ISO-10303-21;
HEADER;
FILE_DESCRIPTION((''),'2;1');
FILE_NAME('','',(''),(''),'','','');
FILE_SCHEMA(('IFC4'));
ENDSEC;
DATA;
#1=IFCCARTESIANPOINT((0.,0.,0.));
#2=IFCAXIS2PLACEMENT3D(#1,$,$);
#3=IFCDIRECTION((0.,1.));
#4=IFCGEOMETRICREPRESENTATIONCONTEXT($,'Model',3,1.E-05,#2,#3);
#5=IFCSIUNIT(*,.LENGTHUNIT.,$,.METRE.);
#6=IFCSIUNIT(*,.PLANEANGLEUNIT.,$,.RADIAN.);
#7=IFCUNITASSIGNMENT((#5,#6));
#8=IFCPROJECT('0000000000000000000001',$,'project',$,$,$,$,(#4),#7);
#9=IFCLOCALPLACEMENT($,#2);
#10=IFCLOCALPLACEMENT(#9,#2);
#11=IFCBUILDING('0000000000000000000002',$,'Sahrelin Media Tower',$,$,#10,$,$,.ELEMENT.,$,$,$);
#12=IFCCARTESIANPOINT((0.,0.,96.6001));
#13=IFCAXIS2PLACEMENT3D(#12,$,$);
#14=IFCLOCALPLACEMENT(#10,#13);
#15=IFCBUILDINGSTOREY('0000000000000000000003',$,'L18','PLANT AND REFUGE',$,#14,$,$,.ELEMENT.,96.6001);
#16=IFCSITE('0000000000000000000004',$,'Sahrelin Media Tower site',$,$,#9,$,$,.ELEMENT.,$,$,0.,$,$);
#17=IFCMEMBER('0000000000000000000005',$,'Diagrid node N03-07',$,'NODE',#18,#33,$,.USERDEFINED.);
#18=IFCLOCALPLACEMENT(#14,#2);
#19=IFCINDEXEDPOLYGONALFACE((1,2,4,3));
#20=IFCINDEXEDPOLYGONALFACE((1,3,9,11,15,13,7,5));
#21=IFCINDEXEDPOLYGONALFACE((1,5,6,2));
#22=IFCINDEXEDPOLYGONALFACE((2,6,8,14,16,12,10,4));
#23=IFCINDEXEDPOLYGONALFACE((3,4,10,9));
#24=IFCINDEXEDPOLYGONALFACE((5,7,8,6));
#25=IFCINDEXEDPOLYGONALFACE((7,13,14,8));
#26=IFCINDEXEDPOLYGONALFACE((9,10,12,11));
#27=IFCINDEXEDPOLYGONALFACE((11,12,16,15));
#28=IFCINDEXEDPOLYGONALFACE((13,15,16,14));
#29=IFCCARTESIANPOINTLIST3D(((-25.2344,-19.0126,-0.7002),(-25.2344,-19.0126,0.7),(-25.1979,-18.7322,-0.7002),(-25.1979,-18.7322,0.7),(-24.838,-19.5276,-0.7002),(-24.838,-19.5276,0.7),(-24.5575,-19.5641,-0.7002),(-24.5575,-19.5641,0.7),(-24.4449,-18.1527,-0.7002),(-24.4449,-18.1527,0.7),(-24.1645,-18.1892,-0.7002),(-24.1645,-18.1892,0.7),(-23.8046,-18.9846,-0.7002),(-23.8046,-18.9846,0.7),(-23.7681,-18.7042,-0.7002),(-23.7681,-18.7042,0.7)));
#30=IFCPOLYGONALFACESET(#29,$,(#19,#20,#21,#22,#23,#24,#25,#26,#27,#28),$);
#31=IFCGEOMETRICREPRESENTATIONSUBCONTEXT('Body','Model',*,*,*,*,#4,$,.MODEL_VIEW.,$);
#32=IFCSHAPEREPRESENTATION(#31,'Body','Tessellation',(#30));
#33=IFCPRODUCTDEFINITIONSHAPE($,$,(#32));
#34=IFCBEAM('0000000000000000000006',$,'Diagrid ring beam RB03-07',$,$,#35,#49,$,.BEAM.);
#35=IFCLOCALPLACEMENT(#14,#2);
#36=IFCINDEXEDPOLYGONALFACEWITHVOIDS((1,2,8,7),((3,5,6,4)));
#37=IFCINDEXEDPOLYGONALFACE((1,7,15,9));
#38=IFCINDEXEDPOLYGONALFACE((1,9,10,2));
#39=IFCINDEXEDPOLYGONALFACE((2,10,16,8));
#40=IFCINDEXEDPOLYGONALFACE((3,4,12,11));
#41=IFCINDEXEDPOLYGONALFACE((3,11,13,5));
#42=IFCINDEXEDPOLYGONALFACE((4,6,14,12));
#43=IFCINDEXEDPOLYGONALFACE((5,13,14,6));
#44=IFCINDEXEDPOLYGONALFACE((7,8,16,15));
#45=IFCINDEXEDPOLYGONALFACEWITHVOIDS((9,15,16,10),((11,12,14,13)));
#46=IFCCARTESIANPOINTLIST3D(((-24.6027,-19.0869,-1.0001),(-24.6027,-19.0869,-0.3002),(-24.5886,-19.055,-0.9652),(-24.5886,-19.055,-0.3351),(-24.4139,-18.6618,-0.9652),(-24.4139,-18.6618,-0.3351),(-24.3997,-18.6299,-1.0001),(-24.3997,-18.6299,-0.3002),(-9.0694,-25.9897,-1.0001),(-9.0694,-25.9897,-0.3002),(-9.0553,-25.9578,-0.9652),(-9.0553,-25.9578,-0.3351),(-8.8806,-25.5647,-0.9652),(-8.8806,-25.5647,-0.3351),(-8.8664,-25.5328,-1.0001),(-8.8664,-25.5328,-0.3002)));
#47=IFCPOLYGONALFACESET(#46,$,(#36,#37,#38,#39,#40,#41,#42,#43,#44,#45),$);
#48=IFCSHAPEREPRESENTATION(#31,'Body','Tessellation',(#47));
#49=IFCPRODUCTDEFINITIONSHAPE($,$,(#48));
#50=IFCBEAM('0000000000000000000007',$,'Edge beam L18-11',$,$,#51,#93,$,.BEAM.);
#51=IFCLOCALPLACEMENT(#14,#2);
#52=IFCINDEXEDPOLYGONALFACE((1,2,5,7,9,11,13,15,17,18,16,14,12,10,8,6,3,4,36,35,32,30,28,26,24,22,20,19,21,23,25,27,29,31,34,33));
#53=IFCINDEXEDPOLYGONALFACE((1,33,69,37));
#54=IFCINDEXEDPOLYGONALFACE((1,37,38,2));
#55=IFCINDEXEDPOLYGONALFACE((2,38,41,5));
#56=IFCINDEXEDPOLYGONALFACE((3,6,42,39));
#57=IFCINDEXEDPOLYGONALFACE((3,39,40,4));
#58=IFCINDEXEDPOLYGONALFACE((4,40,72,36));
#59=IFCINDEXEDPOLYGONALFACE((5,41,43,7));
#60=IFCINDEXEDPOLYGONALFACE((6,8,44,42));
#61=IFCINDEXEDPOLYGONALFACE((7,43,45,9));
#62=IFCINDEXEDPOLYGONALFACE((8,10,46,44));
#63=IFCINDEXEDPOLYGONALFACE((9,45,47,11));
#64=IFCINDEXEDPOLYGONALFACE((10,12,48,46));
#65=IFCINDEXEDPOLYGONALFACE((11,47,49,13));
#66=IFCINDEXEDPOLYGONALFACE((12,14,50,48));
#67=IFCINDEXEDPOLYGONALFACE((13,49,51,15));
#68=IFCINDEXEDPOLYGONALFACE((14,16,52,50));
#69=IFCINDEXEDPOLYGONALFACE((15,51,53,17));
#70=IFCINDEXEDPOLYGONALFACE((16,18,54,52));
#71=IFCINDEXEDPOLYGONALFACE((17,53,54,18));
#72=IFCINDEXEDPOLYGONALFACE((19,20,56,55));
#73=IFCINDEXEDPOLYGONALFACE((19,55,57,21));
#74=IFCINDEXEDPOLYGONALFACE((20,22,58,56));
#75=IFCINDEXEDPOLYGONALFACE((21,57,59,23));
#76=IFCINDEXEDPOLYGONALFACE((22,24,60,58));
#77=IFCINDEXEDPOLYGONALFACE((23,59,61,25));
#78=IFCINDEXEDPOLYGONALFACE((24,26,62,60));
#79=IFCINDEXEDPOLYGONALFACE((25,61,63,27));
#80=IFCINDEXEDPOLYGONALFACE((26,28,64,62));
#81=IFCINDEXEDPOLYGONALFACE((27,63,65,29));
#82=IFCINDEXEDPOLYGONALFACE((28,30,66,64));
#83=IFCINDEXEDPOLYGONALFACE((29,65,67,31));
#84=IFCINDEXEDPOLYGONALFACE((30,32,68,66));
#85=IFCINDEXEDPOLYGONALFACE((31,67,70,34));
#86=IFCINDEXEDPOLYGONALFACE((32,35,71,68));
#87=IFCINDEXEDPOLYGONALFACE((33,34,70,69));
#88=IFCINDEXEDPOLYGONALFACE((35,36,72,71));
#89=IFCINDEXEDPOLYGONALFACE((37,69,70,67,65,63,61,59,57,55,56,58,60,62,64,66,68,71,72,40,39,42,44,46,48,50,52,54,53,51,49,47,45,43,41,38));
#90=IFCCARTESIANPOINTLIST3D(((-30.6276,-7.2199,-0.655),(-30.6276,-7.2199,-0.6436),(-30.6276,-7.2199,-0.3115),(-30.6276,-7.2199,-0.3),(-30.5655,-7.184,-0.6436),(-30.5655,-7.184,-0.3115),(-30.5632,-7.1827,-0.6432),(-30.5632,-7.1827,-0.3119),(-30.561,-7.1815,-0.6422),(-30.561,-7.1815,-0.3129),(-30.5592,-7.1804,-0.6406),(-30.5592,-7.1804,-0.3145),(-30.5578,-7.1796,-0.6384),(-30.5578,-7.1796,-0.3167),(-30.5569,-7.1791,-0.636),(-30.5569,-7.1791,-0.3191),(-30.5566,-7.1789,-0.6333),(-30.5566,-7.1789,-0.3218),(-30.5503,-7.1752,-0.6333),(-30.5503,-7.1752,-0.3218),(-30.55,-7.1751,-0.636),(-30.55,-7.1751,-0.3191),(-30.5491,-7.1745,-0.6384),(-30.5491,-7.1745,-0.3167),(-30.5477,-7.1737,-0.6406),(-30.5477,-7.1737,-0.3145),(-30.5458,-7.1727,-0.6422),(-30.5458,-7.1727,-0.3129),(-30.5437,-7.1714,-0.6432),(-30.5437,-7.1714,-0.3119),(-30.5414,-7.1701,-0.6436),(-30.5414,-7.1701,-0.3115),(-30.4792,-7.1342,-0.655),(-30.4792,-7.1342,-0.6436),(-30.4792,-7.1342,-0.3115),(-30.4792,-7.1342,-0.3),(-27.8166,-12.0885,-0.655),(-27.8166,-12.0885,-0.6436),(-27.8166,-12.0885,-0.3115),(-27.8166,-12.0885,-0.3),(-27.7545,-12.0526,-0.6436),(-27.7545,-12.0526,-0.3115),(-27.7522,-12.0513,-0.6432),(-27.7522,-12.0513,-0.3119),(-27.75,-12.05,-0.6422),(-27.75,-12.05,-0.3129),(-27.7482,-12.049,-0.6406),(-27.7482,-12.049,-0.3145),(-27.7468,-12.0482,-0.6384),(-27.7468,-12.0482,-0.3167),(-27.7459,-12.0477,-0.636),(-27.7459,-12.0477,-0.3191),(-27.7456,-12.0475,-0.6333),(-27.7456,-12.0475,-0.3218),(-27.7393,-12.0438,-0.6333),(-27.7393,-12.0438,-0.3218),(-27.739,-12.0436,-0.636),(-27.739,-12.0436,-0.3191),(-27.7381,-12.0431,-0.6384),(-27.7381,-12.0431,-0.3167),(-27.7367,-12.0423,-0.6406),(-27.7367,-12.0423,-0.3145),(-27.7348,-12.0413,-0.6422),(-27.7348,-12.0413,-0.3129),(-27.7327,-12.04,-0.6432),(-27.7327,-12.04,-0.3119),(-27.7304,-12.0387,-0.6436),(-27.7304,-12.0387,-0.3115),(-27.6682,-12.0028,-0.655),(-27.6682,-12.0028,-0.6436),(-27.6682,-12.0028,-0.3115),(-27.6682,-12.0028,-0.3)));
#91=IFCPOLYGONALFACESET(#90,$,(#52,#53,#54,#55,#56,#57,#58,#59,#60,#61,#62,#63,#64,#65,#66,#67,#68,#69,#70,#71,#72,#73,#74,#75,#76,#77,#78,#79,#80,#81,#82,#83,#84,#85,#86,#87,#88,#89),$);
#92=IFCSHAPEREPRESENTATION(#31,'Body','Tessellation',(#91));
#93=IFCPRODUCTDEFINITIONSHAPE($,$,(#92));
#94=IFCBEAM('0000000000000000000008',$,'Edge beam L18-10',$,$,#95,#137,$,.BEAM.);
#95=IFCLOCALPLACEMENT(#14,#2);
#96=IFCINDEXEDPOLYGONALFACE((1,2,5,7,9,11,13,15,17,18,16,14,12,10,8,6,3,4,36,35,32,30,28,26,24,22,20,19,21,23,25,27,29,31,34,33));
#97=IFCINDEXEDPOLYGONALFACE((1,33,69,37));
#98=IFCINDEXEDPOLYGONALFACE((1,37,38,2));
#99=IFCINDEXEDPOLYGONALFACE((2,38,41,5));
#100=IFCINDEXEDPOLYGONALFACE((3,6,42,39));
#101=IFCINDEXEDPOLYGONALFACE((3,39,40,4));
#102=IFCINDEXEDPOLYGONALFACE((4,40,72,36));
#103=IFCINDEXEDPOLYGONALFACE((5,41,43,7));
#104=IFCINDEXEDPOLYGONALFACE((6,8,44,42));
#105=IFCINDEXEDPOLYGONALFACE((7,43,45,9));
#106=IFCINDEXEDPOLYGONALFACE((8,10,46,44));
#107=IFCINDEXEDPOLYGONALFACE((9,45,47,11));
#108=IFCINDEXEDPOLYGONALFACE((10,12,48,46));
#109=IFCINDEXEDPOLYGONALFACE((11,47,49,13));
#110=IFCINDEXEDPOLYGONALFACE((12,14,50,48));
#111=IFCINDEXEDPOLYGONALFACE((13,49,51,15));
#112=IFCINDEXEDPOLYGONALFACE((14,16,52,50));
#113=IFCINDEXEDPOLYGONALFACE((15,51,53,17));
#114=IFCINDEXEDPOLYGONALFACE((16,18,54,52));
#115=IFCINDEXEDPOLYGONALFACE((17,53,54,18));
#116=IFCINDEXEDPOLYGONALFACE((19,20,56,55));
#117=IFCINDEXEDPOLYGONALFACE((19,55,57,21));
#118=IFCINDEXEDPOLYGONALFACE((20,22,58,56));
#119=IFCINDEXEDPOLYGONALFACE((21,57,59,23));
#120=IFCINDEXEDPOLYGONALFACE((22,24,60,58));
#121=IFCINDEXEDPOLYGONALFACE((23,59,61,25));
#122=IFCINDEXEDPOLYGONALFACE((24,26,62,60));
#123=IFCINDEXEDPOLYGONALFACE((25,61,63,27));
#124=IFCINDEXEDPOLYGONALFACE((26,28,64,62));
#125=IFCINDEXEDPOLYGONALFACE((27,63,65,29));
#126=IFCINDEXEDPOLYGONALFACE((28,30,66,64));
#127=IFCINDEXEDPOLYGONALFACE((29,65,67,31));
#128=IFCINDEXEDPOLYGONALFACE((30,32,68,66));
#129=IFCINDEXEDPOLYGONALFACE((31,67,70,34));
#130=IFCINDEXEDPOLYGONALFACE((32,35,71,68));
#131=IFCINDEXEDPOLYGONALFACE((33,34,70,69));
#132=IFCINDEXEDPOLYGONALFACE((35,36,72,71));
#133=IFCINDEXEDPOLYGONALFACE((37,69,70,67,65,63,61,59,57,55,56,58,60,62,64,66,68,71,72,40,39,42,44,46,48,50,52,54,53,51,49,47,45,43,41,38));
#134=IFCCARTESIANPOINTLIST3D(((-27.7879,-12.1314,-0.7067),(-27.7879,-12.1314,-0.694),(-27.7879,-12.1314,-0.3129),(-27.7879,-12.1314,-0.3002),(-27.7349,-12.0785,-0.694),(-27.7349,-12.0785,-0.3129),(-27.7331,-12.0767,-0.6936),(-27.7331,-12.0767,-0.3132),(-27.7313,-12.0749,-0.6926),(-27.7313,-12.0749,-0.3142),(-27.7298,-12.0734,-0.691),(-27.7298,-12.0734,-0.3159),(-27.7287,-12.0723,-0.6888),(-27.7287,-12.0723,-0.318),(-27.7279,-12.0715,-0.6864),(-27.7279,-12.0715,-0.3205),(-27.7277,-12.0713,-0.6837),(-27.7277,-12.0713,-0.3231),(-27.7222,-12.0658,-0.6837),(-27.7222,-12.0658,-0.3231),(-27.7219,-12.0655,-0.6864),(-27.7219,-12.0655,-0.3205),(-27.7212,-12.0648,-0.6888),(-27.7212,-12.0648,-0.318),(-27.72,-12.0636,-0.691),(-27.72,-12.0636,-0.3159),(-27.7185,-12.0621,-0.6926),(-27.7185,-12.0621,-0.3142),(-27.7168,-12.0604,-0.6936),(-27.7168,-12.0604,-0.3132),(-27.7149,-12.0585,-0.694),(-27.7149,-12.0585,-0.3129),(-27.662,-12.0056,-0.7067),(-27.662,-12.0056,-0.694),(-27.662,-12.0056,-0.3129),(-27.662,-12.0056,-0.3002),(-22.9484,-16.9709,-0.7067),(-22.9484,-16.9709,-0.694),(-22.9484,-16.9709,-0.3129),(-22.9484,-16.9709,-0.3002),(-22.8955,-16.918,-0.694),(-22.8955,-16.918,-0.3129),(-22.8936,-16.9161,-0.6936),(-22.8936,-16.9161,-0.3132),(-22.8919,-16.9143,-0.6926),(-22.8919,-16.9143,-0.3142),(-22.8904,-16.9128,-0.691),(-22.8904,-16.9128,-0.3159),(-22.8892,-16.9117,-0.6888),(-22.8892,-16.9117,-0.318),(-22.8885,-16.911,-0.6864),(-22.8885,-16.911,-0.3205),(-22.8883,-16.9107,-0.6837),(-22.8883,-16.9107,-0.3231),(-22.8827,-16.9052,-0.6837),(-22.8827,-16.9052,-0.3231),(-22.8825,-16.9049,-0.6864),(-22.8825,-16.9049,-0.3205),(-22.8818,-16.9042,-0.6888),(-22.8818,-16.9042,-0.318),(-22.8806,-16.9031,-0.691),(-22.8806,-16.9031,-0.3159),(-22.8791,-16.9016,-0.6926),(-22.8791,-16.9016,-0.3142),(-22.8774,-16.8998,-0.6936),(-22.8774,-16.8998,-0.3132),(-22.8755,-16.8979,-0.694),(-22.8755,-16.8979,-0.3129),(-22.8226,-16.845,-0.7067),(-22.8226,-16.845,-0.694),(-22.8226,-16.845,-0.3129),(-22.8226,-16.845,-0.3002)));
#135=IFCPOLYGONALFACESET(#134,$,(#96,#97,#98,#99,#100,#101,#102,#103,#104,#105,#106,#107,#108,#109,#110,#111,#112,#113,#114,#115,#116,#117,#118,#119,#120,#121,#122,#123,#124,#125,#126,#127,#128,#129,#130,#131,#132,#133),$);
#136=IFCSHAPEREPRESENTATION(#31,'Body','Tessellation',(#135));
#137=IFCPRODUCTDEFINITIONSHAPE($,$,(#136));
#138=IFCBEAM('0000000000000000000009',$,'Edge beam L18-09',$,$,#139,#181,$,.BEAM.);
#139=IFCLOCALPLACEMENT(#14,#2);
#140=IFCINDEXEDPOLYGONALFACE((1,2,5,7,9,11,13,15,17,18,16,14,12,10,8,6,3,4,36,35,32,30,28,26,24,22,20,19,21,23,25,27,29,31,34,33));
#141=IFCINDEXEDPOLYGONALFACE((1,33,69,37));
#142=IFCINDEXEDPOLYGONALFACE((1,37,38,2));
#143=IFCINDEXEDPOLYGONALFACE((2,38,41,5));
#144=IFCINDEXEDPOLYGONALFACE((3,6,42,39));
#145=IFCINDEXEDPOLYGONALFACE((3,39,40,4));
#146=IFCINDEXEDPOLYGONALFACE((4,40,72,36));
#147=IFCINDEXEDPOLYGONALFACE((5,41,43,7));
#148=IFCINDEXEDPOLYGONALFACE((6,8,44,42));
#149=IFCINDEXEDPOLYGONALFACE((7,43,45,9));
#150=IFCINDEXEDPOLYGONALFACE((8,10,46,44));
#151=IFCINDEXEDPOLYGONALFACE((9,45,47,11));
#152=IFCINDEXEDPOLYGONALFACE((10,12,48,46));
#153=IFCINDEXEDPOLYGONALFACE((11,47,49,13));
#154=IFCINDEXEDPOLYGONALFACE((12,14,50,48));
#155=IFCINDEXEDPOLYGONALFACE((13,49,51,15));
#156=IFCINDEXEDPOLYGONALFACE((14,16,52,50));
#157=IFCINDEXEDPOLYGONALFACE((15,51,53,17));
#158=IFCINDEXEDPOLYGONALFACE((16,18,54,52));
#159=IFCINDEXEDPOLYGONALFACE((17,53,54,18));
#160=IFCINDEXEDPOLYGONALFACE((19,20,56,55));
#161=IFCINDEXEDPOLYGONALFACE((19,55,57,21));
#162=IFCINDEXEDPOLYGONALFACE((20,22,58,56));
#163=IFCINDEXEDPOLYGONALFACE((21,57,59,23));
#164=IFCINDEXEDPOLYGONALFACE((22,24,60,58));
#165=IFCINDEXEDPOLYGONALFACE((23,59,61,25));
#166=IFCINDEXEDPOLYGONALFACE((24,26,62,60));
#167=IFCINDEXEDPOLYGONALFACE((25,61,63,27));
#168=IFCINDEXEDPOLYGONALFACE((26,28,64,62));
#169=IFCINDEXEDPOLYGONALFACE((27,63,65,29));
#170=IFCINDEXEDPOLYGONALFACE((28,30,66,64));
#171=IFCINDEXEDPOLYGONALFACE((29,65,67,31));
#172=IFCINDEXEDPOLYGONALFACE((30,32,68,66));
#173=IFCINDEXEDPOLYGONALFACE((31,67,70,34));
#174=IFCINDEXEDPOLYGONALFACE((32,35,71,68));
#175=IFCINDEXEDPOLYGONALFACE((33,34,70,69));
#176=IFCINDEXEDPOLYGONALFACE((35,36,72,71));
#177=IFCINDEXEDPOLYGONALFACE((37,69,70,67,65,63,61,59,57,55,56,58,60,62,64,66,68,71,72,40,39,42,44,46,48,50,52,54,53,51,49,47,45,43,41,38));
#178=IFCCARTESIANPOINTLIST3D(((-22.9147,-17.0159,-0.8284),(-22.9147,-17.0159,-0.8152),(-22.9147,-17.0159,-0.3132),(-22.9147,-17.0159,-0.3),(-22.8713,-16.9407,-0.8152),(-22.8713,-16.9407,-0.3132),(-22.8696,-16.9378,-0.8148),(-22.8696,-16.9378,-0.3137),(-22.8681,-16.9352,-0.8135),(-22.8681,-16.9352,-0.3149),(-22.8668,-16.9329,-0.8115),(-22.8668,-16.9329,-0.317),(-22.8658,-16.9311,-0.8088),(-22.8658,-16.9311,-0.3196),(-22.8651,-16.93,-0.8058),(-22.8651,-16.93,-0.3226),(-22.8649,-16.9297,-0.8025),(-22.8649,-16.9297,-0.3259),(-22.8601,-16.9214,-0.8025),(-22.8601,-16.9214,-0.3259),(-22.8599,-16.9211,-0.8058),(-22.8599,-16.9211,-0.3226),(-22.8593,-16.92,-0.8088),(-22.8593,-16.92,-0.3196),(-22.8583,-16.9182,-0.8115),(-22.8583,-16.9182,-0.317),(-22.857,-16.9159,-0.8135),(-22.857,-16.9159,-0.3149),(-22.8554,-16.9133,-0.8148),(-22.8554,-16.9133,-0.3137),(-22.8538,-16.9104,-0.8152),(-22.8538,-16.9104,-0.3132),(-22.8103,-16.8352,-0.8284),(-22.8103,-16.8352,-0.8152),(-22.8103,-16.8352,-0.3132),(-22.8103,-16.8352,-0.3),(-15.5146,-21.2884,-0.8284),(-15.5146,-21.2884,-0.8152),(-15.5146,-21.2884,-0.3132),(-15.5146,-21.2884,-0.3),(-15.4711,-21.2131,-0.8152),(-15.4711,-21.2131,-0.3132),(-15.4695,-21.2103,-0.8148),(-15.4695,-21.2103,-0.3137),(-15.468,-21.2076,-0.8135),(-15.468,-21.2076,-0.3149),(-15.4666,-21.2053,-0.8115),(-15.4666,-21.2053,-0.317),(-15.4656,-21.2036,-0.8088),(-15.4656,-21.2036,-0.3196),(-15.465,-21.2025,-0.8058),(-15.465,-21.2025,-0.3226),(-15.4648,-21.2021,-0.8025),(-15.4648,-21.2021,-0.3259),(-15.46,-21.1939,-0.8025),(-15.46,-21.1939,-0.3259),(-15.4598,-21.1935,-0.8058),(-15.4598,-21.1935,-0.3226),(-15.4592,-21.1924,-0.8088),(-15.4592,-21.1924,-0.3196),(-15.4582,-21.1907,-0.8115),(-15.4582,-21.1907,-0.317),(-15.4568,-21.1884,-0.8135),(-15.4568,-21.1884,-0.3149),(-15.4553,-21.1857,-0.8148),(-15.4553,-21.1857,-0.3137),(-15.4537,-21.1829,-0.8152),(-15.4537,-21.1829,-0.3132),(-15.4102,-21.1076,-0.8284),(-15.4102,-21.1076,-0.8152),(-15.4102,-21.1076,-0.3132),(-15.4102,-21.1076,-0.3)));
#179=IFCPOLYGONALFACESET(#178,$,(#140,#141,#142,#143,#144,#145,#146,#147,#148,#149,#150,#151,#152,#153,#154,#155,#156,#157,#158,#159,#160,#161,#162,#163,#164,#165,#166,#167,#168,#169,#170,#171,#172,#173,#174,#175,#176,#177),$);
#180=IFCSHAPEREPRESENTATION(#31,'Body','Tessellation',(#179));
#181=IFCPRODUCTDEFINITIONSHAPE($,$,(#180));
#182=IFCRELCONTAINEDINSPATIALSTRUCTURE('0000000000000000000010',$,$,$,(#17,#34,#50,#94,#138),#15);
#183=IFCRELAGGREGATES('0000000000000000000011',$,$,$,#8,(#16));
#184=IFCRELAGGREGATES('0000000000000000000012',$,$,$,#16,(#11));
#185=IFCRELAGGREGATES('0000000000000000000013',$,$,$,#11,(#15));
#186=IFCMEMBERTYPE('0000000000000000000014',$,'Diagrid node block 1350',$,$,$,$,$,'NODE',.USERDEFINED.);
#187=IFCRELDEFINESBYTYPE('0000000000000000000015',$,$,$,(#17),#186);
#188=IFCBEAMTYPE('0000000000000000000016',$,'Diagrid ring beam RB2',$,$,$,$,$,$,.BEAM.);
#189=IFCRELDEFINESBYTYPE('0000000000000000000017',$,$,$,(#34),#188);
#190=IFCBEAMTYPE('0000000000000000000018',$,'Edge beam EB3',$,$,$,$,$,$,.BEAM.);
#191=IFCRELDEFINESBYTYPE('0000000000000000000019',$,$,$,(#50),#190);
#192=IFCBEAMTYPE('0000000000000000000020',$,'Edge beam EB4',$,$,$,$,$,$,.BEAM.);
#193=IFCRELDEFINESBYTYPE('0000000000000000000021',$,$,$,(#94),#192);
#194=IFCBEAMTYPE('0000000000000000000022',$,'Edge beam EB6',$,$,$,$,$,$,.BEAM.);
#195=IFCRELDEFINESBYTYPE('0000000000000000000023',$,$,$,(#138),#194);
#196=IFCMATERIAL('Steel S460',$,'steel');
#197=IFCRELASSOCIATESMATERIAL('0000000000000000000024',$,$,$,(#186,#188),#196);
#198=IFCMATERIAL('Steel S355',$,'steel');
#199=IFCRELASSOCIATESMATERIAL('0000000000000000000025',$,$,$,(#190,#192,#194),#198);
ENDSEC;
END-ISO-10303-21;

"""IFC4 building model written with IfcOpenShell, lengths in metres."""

from ifc_helpers import new_model, si_unit, direction, frame, origin, origin_2d, place, context, subcontext, project, spatial, polyline, hollow_rectangle, i_section, outline, extrude, material, material_profile, profile_set, type_object, element, save


model = new_model("IFC4")

# Units and contexts
model_context = context("Model", 3, precision=1e-05, world=origin(), true_north=direction((0.0, 1.0)))
body_context = subcontext(model_context, "Body", "Model", "MODEL_VIEW")
ifc_project = project(units=[si_unit("LENGTHUNIT", "METRE"), si_unit("PLANEANGLEUNIT", "RADIAN")], contexts=[model_context])

# Site, building, storey
site_placement = place(None, origin())
site = spatial("IfcSite", under=ifc_project, at=site_placement, Name="Sahrelin Media Tower site", CompositionType="ELEMENT", RefElevation=0.0)
building_placement = place(site_placement, origin())
building = spatial("IfcBuilding", under=site, at=building_placement, Name="Sahrelin Media Tower", CompositionType="ELEMENT")
storey_placement = place(building_placement, frame((0.0, 0.0, 96.6001)))
storey = spatial("IfcBuildingStorey", under=building, at=storey_placement, Name="L18", Description="PLANT AND REFUGE", CompositionType="ELEMENT", Elevation=96.6001)

# Member
ifc_material_1 = material(Name="Steel S460", Category="steel")
ifc_material_profile_1 = material_profile(ifc_material_1, outline(polyline([(0.4751, -0.5249), (0.675, -0.325), (0.675, 0.325), (0.4751, 0.5249), (-0.4751, 0.5249), (-0.675, 0.325), (-0.675, -0.325), (-0.4751, -0.5249), (0.4751, -0.5249)])), Name="Diagrid node block 1350")
ifc_profile_set_1 = profile_set([ifc_material_profile_1], Name="Steel S460")
member_type_1 = type_object("IfcMemberType", Name="Diagrid node block 1350", ElementType="NODE", PredefinedType="USERDEFINED", material=ifc_profile_set_1)
member_1_placement = place(storey_placement, frame((-24.5012, -18.8584, -0.7002), z_axis=(0.0, 0.0, 1.0), x_axis=(-0.792445, -0.609943, 0.0)))
element("IfcMember", 1, at=member_1_placement, inside=storey, type_object=member_type_1, Name="Diagrid node N03-07", ObjectType="NODE", PredefinedType="USERDEFINED", context=body_context, shape_type="SweptSolid", body=[
    extrude(outline(polyline([(0.4751, -0.5249), (0.675, -0.325), (0.675, 0.325), (0.4751, 0.5249), (-0.4751, 0.5249), (-0.675, 0.325), (-0.675, -0.325), (-0.4751, -0.5249), (0.4751, -0.5249)])), origin(), (0.0, 0.0, 1.0), 1.4001),
])

# Beams
ifc_material_profile_2 = material_profile(ifc_material_1, hollow_rectangle(XDim=0.5, YDim=0.7, WallThickness=0.0349, at=origin_2d()), Name="Diagrid ring beam RB2")
ifc_profile_set_2 = profile_set([ifc_material_profile_2], Name="Steel S460")
beam_type_1 = type_object("IfcBeamType", Name="Diagrid ring beam RB2", PredefinedType="BEAM", material=ifc_profile_set_2)
beam_1_placement = place(storey_placement, frame((-24.5012, -18.8584, -0.6501), z_axis=(0.913829, -0.406098, 0.0), x_axis=(0.406098, 0.913829, 0.0)))
element("IfcBeam", 2, at=beam_1_placement, inside=storey, type_object=beam_type_1, Name="Diagrid ring beam RB03-07", PredefinedType="BEAM", context=body_context, shape_type="SweptSolid", body=[
    extrude(hollow_rectangle(XDim=0.5, YDim=0.7, WallThickness=0.0349, at=origin_2d()), origin(), (0.0, 0.0, 1.0), 16.998),
])
ifc_material_2 = material(Name="Steel S355", Category="steel")
ifc_material_profile_3 = material_profile(ifc_material_2, i_section(OverallWidth=0.1714, OverallDepth=0.355, WebThickness=0.0073, FlangeThickness=0.0115, FilletRadius=0.0103, at=origin_2d()), Name="UB 356x171x51")
ifc_profile_set_3 = profile_set([ifc_material_profile_3], Name="Steel S355")
beam_type_2 = type_object("IfcBeamType", Name="Edge beam EB3", PredefinedType="BEAM", material=ifc_profile_set_3)
beam_2_placement = place(storey_placement, frame((-27.7424, -12.0457, -0.4775), z_axis=(-0.500016, 0.866016, 0.0), x_axis=(-0.866016, -0.500016, 0.0)))
element("IfcBeam", 3, at=beam_2_placement, inside=storey, type_object=beam_type_2, Name="Edge beam L18-11", PredefinedType="BEAM", context=body_context, shape_type="SweptSolid", body=[
    extrude(i_section(OverallWidth=0.1714, OverallDepth=0.355, WebThickness=0.0073, FlangeThickness=0.0115, FilletRadius=0.0103, at=origin_2d()), origin(), (0.0, 0.0, 1.0), 5.6218),
])
ifc_material_profile_4 = material_profile(ifc_material_2, i_section(OverallWidth=0.178, OverallDepth=0.4065, WebThickness=0.0078, FlangeThickness=0.0127, FilletRadius=0.0103, at=origin_2d()), Name="UB 406x178x60")
ifc_profile_set_4 = profile_set([ifc_material_profile_4], Name="Steel S355")
beam_type_3 = type_object("IfcBeamType", Name="Edge beam EB4", PredefinedType="BEAM", material=ifc_profile_set_4)
beam_3_placement = place(storey_placement, frame((-22.8855, -16.908, -0.5034), z_axis=(-0.707107, 0.707107, 0.0), x_axis=(-0.707107, -0.707107, 0.0)))
element("IfcBeam", 4, at=beam_3_placement, inside=storey, type_object=beam_type_3, Name="Edge beam L18-10", PredefinedType="BEAM", context=body_context, shape_type="SweptSolid", body=[
    extrude(i_section(OverallWidth=0.178, OverallDepth=0.4065, WebThickness=0.0078, FlangeThickness=0.0127, FilletRadius=0.0103, at=origin_2d()), origin(), (0.0, 0.0, 1.0), 6.844),
])
ifc_material_profile_5 = material_profile(ifc_material_2, i_section(OverallWidth=0.2087, OverallDepth=0.5283, WebThickness=0.0095, FlangeThickness=0.0132, FilletRadius=0.0127, at=origin_2d()), Name="UB 533x210x82")
ifc_profile_set_5 = profile_set([ifc_material_profile_5], Name="Steel S355")
beam_type_4 = type_object("IfcBeamType", Name="Edge beam EB6", PredefinedType="BEAM", material=ifc_profile_set_5)
beam_4_placement = place(storey_placement, frame((-15.4624, -21.198, -0.5642), z_axis=(-0.866026, 0.499999, 0.0), x_axis=(-0.499999, -0.866026, 0.0)))
element("IfcBeam", 5, at=beam_4_placement, inside=storey, type_object=beam_type_4, Name="Edge beam L18-09", PredefinedType="BEAM", context=body_context, shape_type="SweptSolid", body=[
    extrude(i_section(OverallWidth=0.2087, OverallDepth=0.5283, WebThickness=0.0095, FlangeThickness=0.0132, FilletRadius=0.0127, at=origin_2d()), origin(), (0.0, 0.0, 1.0), 8.5449),
])

save(model, "model.ifc")
